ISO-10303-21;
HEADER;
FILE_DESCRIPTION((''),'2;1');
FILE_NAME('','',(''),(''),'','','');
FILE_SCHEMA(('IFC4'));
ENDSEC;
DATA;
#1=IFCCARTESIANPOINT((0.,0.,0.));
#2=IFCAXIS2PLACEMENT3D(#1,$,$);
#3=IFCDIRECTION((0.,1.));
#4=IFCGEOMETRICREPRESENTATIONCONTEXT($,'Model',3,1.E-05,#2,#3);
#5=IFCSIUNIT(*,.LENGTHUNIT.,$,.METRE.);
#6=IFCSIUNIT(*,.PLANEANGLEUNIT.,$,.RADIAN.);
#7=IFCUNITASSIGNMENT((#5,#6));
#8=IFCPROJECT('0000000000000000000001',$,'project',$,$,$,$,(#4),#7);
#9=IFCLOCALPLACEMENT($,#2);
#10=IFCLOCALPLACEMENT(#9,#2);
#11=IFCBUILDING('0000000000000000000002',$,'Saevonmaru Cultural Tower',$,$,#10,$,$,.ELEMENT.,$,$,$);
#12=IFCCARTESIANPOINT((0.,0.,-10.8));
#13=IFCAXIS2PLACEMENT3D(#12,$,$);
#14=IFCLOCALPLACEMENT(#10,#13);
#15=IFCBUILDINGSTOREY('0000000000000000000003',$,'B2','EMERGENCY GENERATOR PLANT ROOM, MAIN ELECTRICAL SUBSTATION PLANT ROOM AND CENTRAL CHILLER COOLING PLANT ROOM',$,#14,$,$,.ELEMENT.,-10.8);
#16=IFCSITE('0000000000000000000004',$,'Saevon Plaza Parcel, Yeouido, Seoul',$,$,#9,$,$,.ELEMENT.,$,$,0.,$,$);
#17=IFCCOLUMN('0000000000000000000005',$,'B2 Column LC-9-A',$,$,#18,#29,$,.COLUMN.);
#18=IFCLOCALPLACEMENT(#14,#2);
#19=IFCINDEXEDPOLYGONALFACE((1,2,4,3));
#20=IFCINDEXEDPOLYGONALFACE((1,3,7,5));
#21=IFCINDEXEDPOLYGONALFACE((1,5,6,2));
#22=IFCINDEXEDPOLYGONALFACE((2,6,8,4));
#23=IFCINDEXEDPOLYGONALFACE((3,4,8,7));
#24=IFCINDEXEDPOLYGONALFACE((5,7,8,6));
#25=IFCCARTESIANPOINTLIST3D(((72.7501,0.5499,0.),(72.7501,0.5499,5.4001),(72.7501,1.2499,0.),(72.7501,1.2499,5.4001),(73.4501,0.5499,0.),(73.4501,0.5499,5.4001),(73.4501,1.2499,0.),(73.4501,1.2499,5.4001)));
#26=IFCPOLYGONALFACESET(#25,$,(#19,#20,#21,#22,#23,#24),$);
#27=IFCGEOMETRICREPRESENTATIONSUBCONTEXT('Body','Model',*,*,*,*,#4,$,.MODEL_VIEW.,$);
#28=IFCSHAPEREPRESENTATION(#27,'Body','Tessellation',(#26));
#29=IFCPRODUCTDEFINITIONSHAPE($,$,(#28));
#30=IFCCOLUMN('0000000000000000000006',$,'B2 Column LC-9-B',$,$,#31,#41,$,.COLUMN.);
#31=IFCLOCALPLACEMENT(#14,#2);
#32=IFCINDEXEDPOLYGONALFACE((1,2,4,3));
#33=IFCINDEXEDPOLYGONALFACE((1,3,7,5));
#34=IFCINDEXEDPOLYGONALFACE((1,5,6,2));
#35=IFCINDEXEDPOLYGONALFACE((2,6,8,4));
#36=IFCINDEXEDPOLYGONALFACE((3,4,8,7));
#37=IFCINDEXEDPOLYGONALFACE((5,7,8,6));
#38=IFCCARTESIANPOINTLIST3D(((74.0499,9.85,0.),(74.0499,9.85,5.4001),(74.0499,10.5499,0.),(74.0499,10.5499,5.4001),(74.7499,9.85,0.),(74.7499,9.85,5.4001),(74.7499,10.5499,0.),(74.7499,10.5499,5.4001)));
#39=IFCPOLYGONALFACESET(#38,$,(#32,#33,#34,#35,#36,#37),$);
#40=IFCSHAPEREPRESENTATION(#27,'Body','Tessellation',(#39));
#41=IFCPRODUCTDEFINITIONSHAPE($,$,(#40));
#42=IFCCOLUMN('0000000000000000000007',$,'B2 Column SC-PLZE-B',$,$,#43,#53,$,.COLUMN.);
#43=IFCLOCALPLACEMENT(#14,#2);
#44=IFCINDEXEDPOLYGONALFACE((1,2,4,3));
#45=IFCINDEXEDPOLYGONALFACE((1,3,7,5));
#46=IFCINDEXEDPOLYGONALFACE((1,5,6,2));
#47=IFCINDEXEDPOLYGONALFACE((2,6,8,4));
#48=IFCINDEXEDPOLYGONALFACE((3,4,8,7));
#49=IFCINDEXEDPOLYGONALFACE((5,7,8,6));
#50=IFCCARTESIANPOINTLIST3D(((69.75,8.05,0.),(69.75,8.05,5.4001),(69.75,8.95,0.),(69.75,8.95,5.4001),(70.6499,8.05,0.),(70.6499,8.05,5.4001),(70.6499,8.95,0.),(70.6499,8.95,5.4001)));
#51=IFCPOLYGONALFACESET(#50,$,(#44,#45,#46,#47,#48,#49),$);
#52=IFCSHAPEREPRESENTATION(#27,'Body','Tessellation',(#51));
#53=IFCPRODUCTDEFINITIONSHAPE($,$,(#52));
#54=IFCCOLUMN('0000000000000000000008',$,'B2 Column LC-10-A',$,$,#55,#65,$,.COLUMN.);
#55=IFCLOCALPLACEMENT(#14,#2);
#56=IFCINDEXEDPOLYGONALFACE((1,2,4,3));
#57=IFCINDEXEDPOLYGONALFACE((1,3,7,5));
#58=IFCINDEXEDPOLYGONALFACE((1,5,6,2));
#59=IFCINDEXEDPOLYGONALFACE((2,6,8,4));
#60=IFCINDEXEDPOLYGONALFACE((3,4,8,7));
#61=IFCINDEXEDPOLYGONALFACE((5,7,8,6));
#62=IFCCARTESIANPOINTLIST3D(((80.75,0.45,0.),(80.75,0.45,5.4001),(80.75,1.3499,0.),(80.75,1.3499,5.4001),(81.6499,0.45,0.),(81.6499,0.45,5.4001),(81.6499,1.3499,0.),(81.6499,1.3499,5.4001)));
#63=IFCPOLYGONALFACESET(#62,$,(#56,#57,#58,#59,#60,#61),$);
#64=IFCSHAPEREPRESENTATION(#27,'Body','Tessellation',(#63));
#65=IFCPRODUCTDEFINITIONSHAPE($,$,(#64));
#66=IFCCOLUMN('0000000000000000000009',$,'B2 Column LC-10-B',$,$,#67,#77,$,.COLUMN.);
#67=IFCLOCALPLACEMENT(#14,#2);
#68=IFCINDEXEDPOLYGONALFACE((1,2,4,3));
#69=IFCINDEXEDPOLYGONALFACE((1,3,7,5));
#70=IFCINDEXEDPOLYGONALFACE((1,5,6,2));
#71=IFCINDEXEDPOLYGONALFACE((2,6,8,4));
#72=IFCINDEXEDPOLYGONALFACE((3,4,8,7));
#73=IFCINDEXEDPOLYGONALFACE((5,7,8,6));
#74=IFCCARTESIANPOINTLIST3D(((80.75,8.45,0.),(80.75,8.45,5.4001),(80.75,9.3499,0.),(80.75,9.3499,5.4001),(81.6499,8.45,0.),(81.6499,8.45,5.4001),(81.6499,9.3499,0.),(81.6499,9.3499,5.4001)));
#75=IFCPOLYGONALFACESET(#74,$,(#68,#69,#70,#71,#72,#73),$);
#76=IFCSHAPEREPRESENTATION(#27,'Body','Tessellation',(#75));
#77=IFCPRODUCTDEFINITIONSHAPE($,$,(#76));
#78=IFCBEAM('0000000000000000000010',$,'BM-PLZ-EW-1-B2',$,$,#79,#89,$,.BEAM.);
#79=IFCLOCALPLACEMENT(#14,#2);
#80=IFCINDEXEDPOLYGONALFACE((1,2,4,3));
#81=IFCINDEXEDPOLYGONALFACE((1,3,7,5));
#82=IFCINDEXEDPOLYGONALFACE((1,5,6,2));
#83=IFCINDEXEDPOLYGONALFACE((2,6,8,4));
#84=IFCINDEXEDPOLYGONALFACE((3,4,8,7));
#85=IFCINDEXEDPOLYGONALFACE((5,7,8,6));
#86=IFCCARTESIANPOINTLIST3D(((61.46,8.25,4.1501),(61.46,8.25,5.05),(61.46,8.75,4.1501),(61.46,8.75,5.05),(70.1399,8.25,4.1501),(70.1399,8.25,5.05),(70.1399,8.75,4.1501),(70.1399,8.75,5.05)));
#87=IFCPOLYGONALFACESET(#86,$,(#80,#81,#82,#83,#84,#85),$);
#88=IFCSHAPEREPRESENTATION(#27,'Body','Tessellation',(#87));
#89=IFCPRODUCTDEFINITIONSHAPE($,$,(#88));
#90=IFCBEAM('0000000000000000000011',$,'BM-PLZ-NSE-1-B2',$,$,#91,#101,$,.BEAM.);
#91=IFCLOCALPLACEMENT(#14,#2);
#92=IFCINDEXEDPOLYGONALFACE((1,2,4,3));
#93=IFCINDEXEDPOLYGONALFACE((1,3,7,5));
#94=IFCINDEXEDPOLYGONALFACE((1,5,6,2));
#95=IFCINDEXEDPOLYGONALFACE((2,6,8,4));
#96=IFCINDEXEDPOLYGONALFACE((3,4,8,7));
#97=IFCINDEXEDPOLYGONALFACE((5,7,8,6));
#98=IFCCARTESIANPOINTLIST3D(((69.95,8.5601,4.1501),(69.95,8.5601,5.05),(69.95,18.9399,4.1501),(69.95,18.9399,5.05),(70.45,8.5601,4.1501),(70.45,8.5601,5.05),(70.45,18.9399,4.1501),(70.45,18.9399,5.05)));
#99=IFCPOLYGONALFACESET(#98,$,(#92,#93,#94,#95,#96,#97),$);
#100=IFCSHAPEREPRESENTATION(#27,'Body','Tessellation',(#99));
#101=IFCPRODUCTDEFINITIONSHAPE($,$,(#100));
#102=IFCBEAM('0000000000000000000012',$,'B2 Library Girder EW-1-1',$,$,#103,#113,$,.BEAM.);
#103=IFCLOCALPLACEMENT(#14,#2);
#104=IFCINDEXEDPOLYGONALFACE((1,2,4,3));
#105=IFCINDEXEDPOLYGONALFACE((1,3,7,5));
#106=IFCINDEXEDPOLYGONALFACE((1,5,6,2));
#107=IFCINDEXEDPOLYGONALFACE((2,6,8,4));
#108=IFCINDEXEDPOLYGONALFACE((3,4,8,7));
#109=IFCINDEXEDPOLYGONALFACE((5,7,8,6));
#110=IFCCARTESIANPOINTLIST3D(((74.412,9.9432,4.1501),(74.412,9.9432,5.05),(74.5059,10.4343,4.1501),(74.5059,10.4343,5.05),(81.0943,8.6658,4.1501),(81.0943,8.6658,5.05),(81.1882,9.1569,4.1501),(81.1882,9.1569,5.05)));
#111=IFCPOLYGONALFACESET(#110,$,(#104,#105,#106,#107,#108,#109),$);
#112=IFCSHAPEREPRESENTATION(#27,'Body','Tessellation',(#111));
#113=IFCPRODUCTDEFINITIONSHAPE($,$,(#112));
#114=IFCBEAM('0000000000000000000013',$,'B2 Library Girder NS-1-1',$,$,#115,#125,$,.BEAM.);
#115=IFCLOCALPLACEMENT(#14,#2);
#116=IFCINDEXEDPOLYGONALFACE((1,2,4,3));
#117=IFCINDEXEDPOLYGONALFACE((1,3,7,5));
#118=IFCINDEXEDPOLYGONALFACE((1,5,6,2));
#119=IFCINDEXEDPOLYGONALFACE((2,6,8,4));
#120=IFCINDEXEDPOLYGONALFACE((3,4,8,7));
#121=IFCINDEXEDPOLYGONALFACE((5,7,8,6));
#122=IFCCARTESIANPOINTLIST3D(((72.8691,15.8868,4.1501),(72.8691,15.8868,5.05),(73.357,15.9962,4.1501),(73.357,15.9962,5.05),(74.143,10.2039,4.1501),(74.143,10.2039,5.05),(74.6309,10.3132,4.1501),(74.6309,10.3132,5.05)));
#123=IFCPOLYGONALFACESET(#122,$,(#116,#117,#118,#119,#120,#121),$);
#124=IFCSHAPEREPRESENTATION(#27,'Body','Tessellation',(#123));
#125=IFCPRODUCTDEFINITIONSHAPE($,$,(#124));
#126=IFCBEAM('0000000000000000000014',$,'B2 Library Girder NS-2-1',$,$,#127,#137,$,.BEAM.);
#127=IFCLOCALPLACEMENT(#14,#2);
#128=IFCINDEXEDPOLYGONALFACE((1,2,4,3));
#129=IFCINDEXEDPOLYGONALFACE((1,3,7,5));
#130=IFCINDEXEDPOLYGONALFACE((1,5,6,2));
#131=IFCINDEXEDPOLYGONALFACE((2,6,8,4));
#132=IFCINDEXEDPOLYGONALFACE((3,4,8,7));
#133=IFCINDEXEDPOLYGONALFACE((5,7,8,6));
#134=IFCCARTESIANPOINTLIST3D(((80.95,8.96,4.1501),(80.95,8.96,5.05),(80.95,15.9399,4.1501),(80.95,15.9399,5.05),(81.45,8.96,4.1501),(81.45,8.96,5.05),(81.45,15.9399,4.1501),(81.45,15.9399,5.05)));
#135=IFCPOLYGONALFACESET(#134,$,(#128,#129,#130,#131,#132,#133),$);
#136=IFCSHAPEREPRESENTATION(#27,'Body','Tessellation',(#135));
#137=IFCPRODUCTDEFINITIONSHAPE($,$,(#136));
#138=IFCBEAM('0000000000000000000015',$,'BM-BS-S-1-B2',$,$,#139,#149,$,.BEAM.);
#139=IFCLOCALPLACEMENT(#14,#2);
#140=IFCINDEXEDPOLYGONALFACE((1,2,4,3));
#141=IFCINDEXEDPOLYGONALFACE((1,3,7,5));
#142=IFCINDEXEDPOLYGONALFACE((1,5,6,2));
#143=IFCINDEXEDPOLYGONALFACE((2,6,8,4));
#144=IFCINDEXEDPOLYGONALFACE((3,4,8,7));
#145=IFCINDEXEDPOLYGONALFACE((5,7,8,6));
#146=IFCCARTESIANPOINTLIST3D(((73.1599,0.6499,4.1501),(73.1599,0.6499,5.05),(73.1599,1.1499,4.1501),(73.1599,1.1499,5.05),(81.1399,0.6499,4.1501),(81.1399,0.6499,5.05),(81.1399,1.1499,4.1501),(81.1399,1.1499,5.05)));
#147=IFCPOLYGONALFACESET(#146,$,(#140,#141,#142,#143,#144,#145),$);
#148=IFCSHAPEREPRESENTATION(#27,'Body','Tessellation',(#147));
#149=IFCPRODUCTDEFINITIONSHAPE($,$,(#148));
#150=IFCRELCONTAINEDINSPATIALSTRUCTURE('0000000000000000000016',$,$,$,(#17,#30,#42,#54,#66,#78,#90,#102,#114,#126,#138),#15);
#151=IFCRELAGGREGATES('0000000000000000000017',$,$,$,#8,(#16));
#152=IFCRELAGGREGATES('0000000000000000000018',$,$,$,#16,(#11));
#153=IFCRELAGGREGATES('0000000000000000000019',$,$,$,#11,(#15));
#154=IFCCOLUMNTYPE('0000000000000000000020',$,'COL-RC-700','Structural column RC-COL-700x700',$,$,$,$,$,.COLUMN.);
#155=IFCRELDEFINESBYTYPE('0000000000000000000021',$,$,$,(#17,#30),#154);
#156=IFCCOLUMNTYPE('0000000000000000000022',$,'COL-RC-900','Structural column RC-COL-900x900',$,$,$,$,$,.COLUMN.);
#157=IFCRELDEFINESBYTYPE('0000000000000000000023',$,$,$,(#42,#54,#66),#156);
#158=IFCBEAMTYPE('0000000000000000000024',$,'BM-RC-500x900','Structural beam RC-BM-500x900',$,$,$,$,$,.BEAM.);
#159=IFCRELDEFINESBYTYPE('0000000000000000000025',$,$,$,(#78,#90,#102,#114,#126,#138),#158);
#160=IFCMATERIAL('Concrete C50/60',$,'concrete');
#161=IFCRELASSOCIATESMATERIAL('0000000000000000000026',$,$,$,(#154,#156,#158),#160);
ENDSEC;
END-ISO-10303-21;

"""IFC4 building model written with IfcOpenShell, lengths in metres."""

from ifc_helpers import new_model, si_unit, direction, frame, origin, origin_2d, place, context, subcontext, project, spatial, rectangle, extrude, material, material_profile, profile_set, type_object, element, save


model = new_model("IFC4")

# Units and contexts
model_context = context("Model", 3, precision=1e-05, world=origin(), true_north=direction((0.0, 1.0)))
body_context = subcontext(model_context, "Body", "Model", "MODEL_VIEW")
ifc_project = project(units=[si_unit("LENGTHUNIT", "METRE"), si_unit("PLANEANGLEUNIT", "RADIAN")], contexts=[model_context])

# Site, building, storey
site_placement = place(None, origin())
site = spatial("IfcSite", under=ifc_project, at=site_placement, Name="Saevon Plaza Parcel, Yeouido, Seoul", CompositionType="ELEMENT", RefElevation=0.0)
building_placement = place(site_placement, origin())
building = spatial("IfcBuilding", under=site, at=building_placement, Name="Saevonmaru Cultural Tower", CompositionType="ELEMENT")
storey_placement = place(building_placement, frame((0.0, 0.0, -10.8)))
storey = spatial("IfcBuildingStorey", under=building, at=storey_placement, Name="B2", Description="EMERGENCY GENERATOR PLANT ROOM, MAIN ELECTRICAL SUBSTATION PLANT ROOM AND CENTRAL CHILLER COOLING PLANT ROOM", CompositionType="ELEMENT", Elevation=-10.8)

# Shared definitions
ifc_material_1 = material(Name="Concrete C50/60", Category="concrete")

# Columns
ifc_material_profile_1 = material_profile(ifc_material_1, rectangle(XDim=0.7, YDim=0.7, at=origin_2d()), Name="RC-COL-700x700")
ifc_profile_set_1 = profile_set([ifc_material_profile_1], Name="Concrete C50/60")
column_type_1 = type_object("IfcColumnType", Name="COL-RC-700", Description="Structural column RC-COL-700x700", PredefinedType="COLUMN", material=ifc_profile_set_1)
for number, where, z_axis, x_axis, name in (
    (1, (73.1001, 0.8999, 0.0), (0.0, 0.0, 1.0), (1.0, 0.0, 0.0), "B2 Column LC-9-A"),
    (2, (74.3999, 10.2, 0.0), (0.0, 0.0, 1.0), (1.0, 0.0, 0.0), "B2 Column LC-9-B"),
):
    element("IfcColumn", number, at=place(storey_placement, frame(where, z_axis=z_axis, x_axis=x_axis)), inside=storey, type_object=column_type_1, Name=name, PredefinedType="COLUMN", context=body_context, shape_type="SweptSolid", body=[
        extrude(rectangle(XDim=0.7, YDim=0.7, at=origin_2d()), origin(), (0.0, 0.0, 1.0), 5.4001),
    ])
ifc_material_profile_2 = material_profile(ifc_material_1, rectangle(XDim=0.8999, YDim=0.8999, at=origin_2d()), Name="RC-COL-900x900")
ifc_profile_set_2 = profile_set([ifc_material_profile_2], Name="Concrete C50/60")
column_type_2 = type_object("IfcColumnType", Name="COL-RC-900", Description="Structural column RC-COL-900x900", PredefinedType="COLUMN", material=ifc_profile_set_2)
for number, where, z_axis, x_axis, name in (
    (3, (70.2, 8.5, 0.0), (0.0, 0.0, 1.0), (1.0, 0.0, 0.0), "B2 Column SC-PLZE-B"),
    (4, (81.2, 0.8999, 0.0), (0.0, 0.0, 1.0), (1.0, 0.0, 0.0), "B2 Column LC-10-A"),
    (5, (81.2, 8.8999, 0.0), (0.0, 0.0, 1.0), (1.0, 0.0, 0.0), "B2 Column LC-10-B"),
):
    element("IfcColumn", number, at=place(storey_placement, frame(where, z_axis=z_axis, x_axis=x_axis)), inside=storey, type_object=column_type_2, Name=name, PredefinedType="COLUMN", context=body_context, shape_type="SweptSolid", body=[
        extrude(rectangle(XDim=0.8999, YDim=0.8999, at=origin_2d()), origin(), (0.0, 0.0, 1.0), 5.4001),
    ])

# Beams
ifc_material_profile_3 = material_profile(ifc_material_1, rectangle(XDim=0.5, YDim=0.8999, at=origin_2d()), Name="RC-BM-500x900")
ifc_profile_set_3 = profile_set([ifc_material_profile_3], Name="Concrete C50/60")
beam_type = type_object("IfcBeamType", Name="BM-RC-500x900", Description="Structural beam RC-BM-500x900", PredefinedType="BEAM", material=ifc_profile_set_3)
beam_1_placement = place(storey_placement, frame((61.46, 8.5, 4.6001), z_axis=(1.0, 0.0, 0.0), x_axis=(0.0, 1.0, 0.0)))
element("IfcBeam", 6, at=beam_1_placement, inside=storey, type_object=beam_type, Name="BM-PLZ-EW-1-B2", PredefinedType="BEAM", context=body_context, shape_type="SweptSolid", body=[
    extrude(rectangle(XDim=0.5, YDim=0.8999, at=origin_2d()), origin(), (0.0, 0.0, 1.0), 8.6799),
])
beam_2_placement = place(storey_placement, frame((70.2, 8.5601, 4.6001), z_axis=(0.0, 1.0, 0.0), x_axis=(-1.0, 0.0, 0.0)))
element("IfcBeam", 7, at=beam_2_placement, inside=storey, type_object=beam_type, Name="BM-PLZ-NSE-1-B2", PredefinedType="BEAM", context=body_context, shape_type="SweptSolid", body=[
    extrude(rectangle(XDim=0.5, YDim=0.8999, at=origin_2d()), origin(), (0.0, 0.0, 1.0), 10.3799),
])
beam_3_placement = place(storey_placement, frame((74.459, 10.1887, 4.6001), z_axis=(0.982215, -0.187758, 0.0), x_axis=(0.187758, 0.982215, 0.0)))
element("IfcBeam", 8, at=beam_3_placement, inside=storey, type_object=beam_type, Name="B2 Library Girder EW-1-1", PredefinedType="BEAM", context=body_context, shape_type="SweptSolid", body=[
    extrude(rectangle(XDim=0.5, YDim=0.8999, at=origin_2d()), origin(), (0.0, 0.0, 1.0), 6.8032),
])
beam_4_placement = place(storey_placement, frame((74.387, 10.2585, 4.6001), z_axis=(-0.218741, 0.975783, 0.0), x_axis=(-0.975783, -0.218741, 0.0)))
element("IfcBeam", 9, at=beam_4_placement, inside=storey, type_object=beam_type, Name="B2 Library Girder NS-1-1", PredefinedType="BEAM", context=body_context, shape_type="SweptSolid", body=[
    extrude(rectangle(XDim=0.5, YDim=0.8999, at=origin_2d()), origin(), (0.0, 0.0, 1.0), 5.824),
])
beam_5_placement = place(storey_placement, frame((81.2, 8.96, 4.6001), z_axis=(0.0, 1.0, 0.0), x_axis=(-1.0, 0.0, 0.0)))
element("IfcBeam", 10, at=beam_5_placement, inside=storey, type_object=beam_type, Name="B2 Library Girder NS-2-1", PredefinedType="BEAM", context=body_context, shape_type="SweptSolid", body=[
    extrude(rectangle(XDim=0.5, YDim=0.8999, at=origin_2d()), origin(), (0.0, 0.0, 1.0), 6.98),
])
beam_6_placement = place(storey_placement, frame((73.1599, 0.8999, 4.6001), z_axis=(1.0, 0.0, 0.0), x_axis=(0.0, 1.0, 0.0)))
element("IfcBeam", 11, at=beam_6_placement, inside=storey, type_object=beam_type, Name="BM-BS-S-1-B2", PredefinedType="BEAM", context=body_context, shape_type="SweptSolid", body=[
    extrude(rectangle(XDim=0.5, YDim=0.8999, at=origin_2d()), origin(), (0.0, 0.0, 1.0), 7.98),
])

save(model, "model.ifc")
